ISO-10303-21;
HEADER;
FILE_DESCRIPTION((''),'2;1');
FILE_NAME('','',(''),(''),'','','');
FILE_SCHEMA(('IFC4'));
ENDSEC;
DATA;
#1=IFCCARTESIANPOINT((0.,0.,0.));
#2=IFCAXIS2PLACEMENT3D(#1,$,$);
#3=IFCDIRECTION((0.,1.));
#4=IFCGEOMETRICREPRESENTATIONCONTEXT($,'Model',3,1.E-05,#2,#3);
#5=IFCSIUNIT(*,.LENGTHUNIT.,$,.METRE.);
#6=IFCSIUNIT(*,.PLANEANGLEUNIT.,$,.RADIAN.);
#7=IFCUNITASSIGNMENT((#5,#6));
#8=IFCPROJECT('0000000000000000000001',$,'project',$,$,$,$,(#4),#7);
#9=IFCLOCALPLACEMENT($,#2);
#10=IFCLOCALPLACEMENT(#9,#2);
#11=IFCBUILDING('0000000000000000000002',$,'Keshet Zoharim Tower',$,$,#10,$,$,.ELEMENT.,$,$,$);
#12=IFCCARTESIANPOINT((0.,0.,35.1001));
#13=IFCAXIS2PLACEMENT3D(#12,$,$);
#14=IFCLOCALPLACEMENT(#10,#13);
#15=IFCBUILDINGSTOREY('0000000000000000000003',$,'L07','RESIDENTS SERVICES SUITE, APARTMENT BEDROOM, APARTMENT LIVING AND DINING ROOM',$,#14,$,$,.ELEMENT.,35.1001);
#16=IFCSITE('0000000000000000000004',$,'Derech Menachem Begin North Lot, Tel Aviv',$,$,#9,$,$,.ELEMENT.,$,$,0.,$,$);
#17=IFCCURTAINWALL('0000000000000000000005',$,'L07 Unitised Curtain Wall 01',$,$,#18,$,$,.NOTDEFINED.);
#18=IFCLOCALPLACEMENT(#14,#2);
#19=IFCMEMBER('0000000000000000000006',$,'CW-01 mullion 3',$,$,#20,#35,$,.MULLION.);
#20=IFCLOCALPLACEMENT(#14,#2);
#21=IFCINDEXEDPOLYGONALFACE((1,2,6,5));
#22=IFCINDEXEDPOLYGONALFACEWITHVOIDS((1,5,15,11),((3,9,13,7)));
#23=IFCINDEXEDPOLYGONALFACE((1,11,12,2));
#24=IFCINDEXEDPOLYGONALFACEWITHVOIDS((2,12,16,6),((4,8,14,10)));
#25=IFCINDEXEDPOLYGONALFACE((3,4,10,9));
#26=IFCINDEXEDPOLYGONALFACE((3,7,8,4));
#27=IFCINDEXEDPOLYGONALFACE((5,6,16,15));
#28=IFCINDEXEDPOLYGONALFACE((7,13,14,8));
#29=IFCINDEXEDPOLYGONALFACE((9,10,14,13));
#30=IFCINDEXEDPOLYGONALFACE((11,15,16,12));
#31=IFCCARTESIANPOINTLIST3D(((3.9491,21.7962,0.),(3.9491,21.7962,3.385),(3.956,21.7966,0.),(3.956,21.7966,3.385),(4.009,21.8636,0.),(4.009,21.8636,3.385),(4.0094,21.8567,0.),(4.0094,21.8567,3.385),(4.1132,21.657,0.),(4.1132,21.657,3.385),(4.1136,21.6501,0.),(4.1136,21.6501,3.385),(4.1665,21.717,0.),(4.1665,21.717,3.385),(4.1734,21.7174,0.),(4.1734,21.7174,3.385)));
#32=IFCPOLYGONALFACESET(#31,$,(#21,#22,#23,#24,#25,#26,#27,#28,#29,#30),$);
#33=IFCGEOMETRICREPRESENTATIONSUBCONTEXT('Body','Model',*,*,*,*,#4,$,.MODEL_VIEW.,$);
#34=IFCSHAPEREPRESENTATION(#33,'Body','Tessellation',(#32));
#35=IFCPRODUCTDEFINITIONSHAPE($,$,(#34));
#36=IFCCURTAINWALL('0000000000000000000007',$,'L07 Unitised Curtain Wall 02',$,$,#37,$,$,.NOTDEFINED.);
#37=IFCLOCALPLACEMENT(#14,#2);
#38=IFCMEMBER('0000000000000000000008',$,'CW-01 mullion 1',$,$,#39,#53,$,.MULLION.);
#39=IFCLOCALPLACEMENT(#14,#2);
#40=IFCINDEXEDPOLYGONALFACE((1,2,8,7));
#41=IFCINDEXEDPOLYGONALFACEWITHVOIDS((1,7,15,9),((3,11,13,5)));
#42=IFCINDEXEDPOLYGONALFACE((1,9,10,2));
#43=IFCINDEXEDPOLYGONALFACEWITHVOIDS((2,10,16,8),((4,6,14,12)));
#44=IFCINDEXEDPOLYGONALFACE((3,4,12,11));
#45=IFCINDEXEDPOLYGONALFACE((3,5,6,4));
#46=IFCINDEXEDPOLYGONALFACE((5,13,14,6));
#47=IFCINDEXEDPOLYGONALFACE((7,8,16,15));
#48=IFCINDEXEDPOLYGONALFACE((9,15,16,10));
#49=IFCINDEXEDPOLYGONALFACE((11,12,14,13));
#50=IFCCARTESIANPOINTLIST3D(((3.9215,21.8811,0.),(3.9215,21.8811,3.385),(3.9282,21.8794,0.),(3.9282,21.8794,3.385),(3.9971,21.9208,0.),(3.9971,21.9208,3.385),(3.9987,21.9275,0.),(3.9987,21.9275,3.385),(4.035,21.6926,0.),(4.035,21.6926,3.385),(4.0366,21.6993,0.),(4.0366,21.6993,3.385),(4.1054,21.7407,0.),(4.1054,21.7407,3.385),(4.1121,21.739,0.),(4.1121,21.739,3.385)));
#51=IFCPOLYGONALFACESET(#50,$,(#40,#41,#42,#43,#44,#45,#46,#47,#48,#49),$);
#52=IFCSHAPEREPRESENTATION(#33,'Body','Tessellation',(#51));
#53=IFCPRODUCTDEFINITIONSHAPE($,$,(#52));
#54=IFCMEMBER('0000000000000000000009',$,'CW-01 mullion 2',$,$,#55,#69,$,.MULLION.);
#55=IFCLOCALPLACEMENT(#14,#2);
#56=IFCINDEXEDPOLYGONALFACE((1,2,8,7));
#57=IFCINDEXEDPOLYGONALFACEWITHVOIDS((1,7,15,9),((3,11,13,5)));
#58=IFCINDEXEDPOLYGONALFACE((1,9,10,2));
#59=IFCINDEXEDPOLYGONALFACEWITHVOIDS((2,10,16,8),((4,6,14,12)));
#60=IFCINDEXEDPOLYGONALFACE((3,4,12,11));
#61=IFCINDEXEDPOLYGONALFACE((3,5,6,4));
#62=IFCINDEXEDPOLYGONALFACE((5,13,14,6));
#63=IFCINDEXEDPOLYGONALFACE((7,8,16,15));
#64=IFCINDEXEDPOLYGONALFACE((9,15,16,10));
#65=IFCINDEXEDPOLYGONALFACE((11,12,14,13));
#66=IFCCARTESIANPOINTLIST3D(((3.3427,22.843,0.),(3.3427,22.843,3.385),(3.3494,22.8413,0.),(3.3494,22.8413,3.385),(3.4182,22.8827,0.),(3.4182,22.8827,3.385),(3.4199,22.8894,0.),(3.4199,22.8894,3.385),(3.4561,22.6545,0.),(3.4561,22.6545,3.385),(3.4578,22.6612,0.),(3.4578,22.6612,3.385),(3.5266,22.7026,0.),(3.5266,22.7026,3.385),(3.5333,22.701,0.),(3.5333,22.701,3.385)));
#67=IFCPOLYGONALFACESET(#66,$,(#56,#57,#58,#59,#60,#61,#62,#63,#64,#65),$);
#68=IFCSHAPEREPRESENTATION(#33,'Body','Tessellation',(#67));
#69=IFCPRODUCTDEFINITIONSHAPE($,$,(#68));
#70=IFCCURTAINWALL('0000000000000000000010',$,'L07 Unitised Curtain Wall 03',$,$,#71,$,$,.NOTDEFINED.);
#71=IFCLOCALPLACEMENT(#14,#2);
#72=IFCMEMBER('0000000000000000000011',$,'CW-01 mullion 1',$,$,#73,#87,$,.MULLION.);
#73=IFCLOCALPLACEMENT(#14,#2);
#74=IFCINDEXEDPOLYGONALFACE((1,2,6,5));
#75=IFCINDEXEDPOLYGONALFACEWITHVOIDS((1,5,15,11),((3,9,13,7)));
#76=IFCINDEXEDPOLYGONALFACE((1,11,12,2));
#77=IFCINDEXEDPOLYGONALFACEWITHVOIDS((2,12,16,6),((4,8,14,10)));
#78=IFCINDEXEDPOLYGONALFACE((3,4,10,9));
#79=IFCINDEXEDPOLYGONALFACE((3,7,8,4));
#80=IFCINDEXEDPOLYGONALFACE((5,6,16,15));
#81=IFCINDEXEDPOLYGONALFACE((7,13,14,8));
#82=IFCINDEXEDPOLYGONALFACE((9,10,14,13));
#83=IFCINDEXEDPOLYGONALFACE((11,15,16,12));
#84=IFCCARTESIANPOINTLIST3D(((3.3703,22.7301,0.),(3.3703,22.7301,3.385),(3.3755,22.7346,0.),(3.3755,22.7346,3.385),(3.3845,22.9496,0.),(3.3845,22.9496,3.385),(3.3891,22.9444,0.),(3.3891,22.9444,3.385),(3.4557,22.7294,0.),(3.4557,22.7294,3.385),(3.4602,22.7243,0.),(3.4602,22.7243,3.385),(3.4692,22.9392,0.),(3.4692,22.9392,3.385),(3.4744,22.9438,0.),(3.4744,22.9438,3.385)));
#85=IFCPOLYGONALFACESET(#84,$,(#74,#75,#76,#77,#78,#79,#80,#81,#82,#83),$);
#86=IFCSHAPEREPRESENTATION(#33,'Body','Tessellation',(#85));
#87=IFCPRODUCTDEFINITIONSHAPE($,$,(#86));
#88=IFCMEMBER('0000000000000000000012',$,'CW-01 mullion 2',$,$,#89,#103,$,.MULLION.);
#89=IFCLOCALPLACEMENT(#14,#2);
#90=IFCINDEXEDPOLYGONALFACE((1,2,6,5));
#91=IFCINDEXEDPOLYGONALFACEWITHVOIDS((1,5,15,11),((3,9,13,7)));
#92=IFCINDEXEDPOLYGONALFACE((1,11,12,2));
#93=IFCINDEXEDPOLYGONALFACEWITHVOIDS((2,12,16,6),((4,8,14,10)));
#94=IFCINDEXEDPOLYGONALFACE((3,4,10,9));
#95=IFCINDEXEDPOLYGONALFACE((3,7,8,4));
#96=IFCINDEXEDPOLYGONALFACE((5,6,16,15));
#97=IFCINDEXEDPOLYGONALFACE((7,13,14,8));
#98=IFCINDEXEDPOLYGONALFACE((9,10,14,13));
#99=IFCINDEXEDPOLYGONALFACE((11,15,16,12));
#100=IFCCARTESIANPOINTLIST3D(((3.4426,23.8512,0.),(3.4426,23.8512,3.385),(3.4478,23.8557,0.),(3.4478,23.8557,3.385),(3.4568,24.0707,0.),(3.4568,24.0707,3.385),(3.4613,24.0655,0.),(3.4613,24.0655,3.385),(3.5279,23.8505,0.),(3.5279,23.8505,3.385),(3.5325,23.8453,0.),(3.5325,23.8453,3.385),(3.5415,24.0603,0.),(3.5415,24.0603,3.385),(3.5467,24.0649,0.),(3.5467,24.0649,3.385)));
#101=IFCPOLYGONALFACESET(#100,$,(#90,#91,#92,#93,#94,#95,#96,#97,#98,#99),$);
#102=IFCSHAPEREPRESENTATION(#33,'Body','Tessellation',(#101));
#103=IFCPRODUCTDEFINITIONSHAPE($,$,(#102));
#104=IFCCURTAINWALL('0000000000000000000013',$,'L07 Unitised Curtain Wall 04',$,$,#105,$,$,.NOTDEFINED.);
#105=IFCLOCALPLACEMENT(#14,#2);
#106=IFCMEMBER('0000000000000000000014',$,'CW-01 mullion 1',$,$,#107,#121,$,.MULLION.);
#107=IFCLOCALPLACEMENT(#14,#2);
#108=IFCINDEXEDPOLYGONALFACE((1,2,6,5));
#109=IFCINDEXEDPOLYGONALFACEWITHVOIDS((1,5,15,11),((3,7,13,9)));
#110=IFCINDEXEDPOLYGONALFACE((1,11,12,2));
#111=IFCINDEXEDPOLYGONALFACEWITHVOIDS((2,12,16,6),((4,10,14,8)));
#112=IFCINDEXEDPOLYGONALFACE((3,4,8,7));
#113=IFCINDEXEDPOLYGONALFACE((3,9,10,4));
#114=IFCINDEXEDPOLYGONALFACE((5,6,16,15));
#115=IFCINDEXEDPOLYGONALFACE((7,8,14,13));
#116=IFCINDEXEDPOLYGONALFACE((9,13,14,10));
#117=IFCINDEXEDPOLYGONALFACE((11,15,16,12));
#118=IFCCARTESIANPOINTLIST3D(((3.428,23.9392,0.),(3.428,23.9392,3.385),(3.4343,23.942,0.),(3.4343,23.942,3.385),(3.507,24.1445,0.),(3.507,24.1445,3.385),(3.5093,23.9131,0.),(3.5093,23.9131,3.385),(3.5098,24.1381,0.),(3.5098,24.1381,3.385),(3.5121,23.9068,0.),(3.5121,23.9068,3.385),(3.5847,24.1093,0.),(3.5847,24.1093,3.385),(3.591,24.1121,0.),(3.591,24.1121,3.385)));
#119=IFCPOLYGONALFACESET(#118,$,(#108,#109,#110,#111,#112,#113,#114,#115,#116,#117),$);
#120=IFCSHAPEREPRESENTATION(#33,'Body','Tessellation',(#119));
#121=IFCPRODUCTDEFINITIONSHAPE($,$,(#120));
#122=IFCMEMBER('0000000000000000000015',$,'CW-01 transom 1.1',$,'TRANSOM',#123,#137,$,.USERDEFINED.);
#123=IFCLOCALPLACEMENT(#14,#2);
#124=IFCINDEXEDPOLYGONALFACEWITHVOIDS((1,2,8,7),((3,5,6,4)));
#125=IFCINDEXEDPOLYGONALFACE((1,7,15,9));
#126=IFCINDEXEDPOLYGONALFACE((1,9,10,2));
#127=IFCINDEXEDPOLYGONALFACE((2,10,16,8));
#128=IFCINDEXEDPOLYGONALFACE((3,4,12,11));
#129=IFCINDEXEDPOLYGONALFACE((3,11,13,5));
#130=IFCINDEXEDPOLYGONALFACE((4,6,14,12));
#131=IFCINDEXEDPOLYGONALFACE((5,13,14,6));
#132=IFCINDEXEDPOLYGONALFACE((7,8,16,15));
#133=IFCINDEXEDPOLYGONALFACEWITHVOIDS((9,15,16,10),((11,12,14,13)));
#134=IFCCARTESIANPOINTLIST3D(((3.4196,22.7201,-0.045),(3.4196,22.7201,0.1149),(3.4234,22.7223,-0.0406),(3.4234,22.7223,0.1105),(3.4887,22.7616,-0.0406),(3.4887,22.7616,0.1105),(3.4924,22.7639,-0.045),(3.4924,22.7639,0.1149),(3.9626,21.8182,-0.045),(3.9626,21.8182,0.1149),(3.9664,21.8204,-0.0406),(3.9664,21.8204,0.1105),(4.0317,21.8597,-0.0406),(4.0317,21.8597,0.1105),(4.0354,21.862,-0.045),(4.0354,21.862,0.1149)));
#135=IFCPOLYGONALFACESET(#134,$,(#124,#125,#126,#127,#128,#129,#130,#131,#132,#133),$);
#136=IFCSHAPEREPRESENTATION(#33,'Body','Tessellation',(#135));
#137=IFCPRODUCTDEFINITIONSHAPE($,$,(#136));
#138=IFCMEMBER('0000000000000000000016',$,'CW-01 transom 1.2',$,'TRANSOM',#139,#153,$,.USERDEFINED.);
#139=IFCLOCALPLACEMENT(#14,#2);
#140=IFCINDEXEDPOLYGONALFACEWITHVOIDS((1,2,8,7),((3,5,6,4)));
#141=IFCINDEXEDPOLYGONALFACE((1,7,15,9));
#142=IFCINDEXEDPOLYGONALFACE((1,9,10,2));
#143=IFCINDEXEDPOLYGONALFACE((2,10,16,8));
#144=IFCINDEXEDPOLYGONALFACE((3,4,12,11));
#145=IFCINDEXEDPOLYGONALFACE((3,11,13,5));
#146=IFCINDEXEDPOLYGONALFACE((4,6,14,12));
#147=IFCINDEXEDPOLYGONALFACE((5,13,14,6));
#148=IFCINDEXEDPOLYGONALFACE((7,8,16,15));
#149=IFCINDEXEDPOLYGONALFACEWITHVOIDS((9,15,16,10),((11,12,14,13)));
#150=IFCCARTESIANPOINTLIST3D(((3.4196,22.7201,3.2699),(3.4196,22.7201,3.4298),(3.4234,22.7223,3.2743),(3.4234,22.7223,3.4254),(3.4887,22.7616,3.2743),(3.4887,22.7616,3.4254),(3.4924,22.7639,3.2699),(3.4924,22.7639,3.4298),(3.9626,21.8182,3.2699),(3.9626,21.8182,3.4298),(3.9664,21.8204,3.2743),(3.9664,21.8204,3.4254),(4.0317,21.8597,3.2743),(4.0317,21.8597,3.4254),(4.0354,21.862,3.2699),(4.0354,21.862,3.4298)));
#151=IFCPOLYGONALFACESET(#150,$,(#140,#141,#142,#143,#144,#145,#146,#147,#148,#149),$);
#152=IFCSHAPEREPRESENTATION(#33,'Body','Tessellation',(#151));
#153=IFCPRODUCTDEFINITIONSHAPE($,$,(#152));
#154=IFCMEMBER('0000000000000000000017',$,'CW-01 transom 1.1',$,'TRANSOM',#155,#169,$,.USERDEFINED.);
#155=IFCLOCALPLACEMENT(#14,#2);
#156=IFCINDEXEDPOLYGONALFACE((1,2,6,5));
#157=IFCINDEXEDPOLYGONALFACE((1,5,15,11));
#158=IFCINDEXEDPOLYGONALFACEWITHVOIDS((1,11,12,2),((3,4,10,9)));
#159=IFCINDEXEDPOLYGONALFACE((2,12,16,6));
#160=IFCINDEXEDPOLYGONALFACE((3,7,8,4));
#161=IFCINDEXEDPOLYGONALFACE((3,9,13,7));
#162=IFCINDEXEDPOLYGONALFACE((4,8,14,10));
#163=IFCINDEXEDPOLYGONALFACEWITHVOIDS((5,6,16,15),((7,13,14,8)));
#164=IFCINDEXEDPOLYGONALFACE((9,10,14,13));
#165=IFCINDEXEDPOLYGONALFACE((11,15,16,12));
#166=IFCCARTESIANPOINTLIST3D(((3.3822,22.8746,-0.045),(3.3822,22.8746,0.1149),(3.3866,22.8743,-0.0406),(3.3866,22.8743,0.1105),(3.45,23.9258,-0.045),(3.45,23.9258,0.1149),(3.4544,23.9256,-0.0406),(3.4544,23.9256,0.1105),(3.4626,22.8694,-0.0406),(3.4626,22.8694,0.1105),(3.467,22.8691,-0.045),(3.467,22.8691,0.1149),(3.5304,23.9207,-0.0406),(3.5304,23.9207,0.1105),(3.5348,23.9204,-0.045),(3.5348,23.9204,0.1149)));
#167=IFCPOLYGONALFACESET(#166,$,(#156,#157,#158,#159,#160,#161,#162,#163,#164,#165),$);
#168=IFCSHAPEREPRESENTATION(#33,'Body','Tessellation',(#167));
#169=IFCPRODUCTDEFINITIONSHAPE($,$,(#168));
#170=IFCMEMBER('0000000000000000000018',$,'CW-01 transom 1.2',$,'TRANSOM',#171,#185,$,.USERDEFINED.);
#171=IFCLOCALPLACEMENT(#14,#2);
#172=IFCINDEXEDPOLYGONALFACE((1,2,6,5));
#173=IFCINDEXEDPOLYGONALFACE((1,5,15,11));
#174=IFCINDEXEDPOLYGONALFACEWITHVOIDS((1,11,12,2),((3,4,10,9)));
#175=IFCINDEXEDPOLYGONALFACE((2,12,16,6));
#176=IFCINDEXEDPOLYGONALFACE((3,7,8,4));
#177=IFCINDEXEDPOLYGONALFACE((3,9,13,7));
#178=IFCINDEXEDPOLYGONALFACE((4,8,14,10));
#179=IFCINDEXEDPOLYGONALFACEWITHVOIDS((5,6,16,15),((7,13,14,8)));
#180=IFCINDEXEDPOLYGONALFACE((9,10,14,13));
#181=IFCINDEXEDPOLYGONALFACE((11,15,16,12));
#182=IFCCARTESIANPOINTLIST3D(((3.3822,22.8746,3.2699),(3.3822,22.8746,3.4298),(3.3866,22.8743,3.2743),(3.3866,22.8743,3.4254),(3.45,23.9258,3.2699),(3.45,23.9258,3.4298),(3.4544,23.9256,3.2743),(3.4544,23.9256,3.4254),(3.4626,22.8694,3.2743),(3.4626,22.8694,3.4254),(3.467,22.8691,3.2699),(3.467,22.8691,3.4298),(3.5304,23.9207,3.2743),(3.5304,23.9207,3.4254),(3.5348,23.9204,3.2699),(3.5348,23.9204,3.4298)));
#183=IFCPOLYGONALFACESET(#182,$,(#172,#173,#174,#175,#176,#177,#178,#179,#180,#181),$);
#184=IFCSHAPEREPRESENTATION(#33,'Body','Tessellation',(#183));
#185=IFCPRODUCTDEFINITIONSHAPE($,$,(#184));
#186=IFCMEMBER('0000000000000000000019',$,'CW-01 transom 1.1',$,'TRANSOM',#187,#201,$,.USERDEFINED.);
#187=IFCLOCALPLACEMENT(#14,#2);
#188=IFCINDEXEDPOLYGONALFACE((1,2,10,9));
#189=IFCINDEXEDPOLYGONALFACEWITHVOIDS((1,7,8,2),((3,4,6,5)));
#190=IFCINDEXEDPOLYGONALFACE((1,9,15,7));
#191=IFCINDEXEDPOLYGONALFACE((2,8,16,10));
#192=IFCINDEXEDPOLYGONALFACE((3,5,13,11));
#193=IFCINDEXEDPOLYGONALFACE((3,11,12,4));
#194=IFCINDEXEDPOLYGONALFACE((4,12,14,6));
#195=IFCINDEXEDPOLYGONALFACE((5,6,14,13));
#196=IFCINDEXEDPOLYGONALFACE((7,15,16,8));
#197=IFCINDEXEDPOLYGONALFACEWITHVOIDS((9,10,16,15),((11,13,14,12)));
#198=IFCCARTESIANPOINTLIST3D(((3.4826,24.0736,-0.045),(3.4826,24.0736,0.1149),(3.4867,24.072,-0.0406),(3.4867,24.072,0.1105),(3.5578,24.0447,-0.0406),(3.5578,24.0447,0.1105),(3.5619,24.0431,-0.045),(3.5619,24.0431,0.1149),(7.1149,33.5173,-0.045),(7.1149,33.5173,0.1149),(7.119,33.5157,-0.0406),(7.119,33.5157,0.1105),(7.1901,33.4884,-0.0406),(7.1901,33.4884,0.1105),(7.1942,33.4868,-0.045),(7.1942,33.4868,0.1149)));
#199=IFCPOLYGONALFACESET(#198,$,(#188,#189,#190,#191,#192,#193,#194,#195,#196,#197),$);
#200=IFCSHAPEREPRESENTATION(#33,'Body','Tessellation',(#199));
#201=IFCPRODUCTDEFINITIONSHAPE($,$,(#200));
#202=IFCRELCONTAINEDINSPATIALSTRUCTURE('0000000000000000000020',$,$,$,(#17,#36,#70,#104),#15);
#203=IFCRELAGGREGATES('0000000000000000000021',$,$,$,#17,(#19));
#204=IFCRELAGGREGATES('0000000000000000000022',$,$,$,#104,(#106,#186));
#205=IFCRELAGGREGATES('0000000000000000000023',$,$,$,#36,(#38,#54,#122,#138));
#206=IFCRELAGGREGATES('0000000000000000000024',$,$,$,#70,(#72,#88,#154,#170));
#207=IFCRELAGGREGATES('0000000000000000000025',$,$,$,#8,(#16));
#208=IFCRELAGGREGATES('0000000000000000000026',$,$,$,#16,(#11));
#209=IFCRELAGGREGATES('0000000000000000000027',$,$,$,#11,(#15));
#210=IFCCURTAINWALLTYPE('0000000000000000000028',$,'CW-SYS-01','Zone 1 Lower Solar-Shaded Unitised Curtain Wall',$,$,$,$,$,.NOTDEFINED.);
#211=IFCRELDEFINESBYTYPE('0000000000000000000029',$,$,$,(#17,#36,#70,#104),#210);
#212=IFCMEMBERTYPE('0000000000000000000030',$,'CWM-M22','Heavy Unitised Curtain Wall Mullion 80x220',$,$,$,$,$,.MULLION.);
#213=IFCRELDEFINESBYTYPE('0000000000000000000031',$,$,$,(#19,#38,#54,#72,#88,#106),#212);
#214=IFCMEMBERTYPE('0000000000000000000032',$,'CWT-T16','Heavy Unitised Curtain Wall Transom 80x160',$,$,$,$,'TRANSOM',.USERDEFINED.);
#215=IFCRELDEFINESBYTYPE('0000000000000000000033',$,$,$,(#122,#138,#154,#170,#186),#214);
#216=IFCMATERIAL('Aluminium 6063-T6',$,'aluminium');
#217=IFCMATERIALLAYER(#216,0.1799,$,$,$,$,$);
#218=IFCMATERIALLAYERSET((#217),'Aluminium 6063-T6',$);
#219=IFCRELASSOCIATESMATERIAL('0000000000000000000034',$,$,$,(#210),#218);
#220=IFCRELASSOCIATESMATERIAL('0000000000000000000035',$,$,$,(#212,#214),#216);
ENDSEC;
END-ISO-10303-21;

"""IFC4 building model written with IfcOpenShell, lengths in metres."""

from ifc_helpers import new_model, si_unit, direction, frame, origin, origin_2d, place, context, subcontext, project, spatial, hollow_rectangle, extrude, material, layer, layer_set, material_profile, profile_set, type_object, element, aggregate, save


model = new_model("IFC4")

# Units and contexts
model_context = context("Model", 3, precision=1e-05, world=origin(), true_north=direction((0.0, 1.0)))
body_context = subcontext(model_context, "Body", "Model", "MODEL_VIEW")
ifc_project = project(units=[si_unit("LENGTHUNIT", "METRE"), si_unit("PLANEANGLEUNIT", "RADIAN")], contexts=[model_context])

# Site, building, storey
site_placement = place(None, origin())
site = spatial("IfcSite", under=ifc_project, at=site_placement, Name="Derech Menachem Begin North Lot, Tel Aviv", CompositionType="ELEMENT", RefElevation=0.0)
building_placement = place(site_placement, origin())
building = spatial("IfcBuilding", under=site, at=building_placement, Name="Keshet Zoharim Tower", CompositionType="ELEMENT")
storey_placement = place(building_placement, frame((0.0, 0.0, 35.1001)))
storey = spatial("IfcBuildingStorey", under=building, at=storey_placement, Name="L07", Description="RESIDENTS SERVICES SUITE, APARTMENT BEDROOM, APARTMENT LIVING AND DINING ROOM", CompositionType="ELEMENT", Elevation=35.1001)

# Curtain wall, member
ifc_material_1 = material(Name="Aluminium 6063-T6", Category="aluminium")
ifc_layer_1 = layer(ifc_material_1, 0.1799)
ifc_layer_set_1 = layer_set([ifc_layer_1], Name="Aluminium 6063-T6")
curtain_wall_type = type_object("IfcCurtainWallType", Name="CW-SYS-01", Description="Zone 1 Lower Solar-Shaded Unitised Curtain Wall", PredefinedType="NOTDEFINED", material=ifc_layer_set_1)
curtain_wall_1_placement = place(storey_placement, origin())
curtain_wall_1 = element("IfcCurtainWall", 1, at=curtain_wall_1_placement, inside=storey, type_object=curtain_wall_type, Name="L07 Unitised Curtain Wall 01", PredefinedType="NOTDEFINED")
ifc_material_profile_1 = material_profile(ifc_material_1, hollow_rectangle(XDim=0.0901, YDim=0.22, WallThickness=0.0049, at=origin_2d()), Name="MUL-90x220")
ifc_profile_set_1 = profile_set([ifc_material_profile_1], Name="Aluminium 6063-T6")
member_type_1 = type_object("IfcMemberType", Name="CWM-M22", Description="Heavy Unitised Curtain Wall Mullion 80x220", PredefinedType="MULLION", material=ifc_profile_set_1)
member_1_placement = place(storey_placement, frame((4.0613, 21.7568, 0.0), z_axis=(0.0, 0.0, 1.0), x_axis=(-0.664364, -0.747409, 0.0)))
member_1 = element("IfcMember", 2, at=member_1_placement, type_object=member_type_1, Name="CW-01 mullion 3", PredefinedType="MULLION", context=body_context, shape_type="SweptSolid", body=[
    extrude(hollow_rectangle(XDim=0.0901, YDim=0.22, WallThickness=0.0049, at=origin_2d()), origin(), (0.0, 0.0, 1.0), 3.385),
])
aggregate(curtain_wall_1, [member_1])

# Curtain walls, members
curtain_wall_2_placement = place(storey_placement, origin())
curtain_wall_2 = element("IfcCurtainWall", 3, at=curtain_wall_2_placement, inside=storey, type_object=curtain_wall_type, Name="L07 Unitised Curtain Wall 02", PredefinedType="NOTDEFINED")
member_2_placement = place(storey_placement, frame((4.0168, 21.8101, 0.0), z_axis=(0.0, 0.0, 1.0), x_axis=(-0.856826, -0.515605, 0.0)))
member_2 = element("IfcMember", 4, at=member_2_placement, type_object=member_type_1, Name="CW-01 mullion 1", PredefinedType="MULLION", context=body_context, shape_type="SweptSolid", body=[
    extrude(hollow_rectangle(XDim=0.0901, YDim=0.22, WallThickness=0.0049, at=origin_2d()), origin(), (0.0, 0.0, 1.0), 3.385),
])
member_3_placement = place(storey_placement, frame((3.438, 22.772, 0.0), z_axis=(0.0, 0.0, 1.0), x_axis=(-0.856826, -0.515605, 0.0)))
member_3 = element("IfcMember", 5, at=member_3_placement, type_object=member_type_1, Name="CW-01 mullion 2", PredefinedType="MULLION", context=body_context, shape_type="SweptSolid", body=[
    extrude(hollow_rectangle(XDim=0.0901, YDim=0.22, WallThickness=0.0049, at=origin_2d()), origin(), (0.0, 0.0, 1.0), 3.385),
])
curtain_wall_3_placement = place(storey_placement, origin())
curtain_wall_3 = element("IfcCurtainWall", 6, at=curtain_wall_3_placement, inside=storey, type_object=curtain_wall_type, Name="L07 Unitised Curtain Wall 03", PredefinedType="NOTDEFINED")
member_4_placement = place(storey_placement, frame((3.4224, 22.8369, 0.0), z_axis=(0.0, 0.0, 1.0), x_axis=(-0.997917, 0.064517, 0.0)))
member_4 = element("IfcMember", 7, at=member_4_placement, type_object=member_type_1, Name="CW-01 mullion 1", PredefinedType="MULLION", context=body_context, shape_type="SweptSolid", body=[
    extrude(hollow_rectangle(XDim=0.0901, YDim=0.22, WallThickness=0.0049, at=origin_2d()), origin(), (0.0, 0.0, 1.0), 3.385),
])
member_5_placement = place(storey_placement, frame((3.4946, 23.958, 0.0), z_axis=(0.0, 0.0, 1.0), x_axis=(-0.997917, 0.064517, 0.0)))
member_5 = element("IfcMember", 8, at=member_5_placement, type_object=member_type_1, Name="CW-01 mullion 2", PredefinedType="MULLION", context=body_context, shape_type="SweptSolid", body=[
    extrude(hollow_rectangle(XDim=0.0901, YDim=0.22, WallThickness=0.0049, at=origin_2d()), origin(), (0.0, 0.0, 1.0), 3.385),
])

# Curtain wall, member
curtain_wall_4_placement = place(storey_placement, origin())
curtain_wall_4 = element("IfcCurtainWall", 9, at=curtain_wall_4_placement, inside=storey, type_object=curtain_wall_type, Name="L07 Unitised Curtain Wall 04", PredefinedType="NOTDEFINED")
member_6_placement = place(storey_placement, frame((3.5095, 24.0256, 0.0), z_axis=(0.0, 0.0, 1.0), x_axis=(-0.933341, 0.35899, 0.0)))
member_6 = element("IfcMember", 10, at=member_6_placement, type_object=member_type_1, Name="CW-01 mullion 1", PredefinedType="MULLION", context=body_context, shape_type="SweptSolid", body=[
    extrude(hollow_rectangle(XDim=0.0901, YDim=0.22, WallThickness=0.0049, at=origin_2d()), origin(), (0.0, 0.0, 1.0), 3.385),
])

# Members
ifc_material_profile_2 = material_profile(ifc_material_1, hollow_rectangle(XDim=0.085, YDim=0.1599, WallThickness=0.0044, at=origin_2d()), Name="TRN-85x160")
ifc_profile_set_2 = profile_set([ifc_material_profile_2], Name="Aluminium 6063-T6")
member_type_2 = type_object("IfcMemberType", Name="CWT-T16", Description="Heavy Unitised Curtain Wall Transom 80x160", ElementType="TRANSOM", PredefinedType="USERDEFINED", material=ifc_profile_set_2)
member_7_placement = place(storey_placement, frame((3.999, 21.8401, 0.0349), z_axis=(-0.515791, 0.856714, 0.0), x_axis=(-0.856714, -0.515791, 0.0)))
member_7 = element("IfcMember", 11, at=member_7_placement, type_object=member_type_2, Name="CW-01 transom 1.1", ObjectType="TRANSOM", PredefinedType="USERDEFINED", context=body_context, shape_type="SweptSolid", body=[
    extrude(hollow_rectangle(XDim=0.085, YDim=0.1599, WallThickness=0.0044, at=origin_2d()), origin(), (0.0, 0.0, 1.0), 1.0527),
])
member_8_placement = place(storey_placement, frame((3.999, 21.8401, 3.3499), z_axis=(-0.515791, 0.856714, 0.0), x_axis=(-0.856714, -0.515791, 0.0)))
member_8 = element("IfcMember", 12, at=member_8_placement, type_object=member_type_2, Name="CW-01 transom 1.2", ObjectType="TRANSOM", PredefinedType="USERDEFINED", context=body_context, shape_type="SweptSolid", body=[
    extrude(hollow_rectangle(XDim=0.085, YDim=0.1599, WallThickness=0.0044, at=origin_2d()), origin(), (0.0, 0.0, 1.0), 1.0527),
])
member_9_placement = place(storey_placement, frame((3.4246, 22.8718, 0.0349), z_axis=(0.064427, 0.997922, 0.0), x_axis=(-0.997922, 0.064427, 0.0)))
member_9 = element("IfcMember", 13, at=member_9_placement, type_object=member_type_2, Name="CW-01 transom 1.1", ObjectType="TRANSOM", PredefinedType="USERDEFINED", context=body_context, shape_type="SweptSolid", body=[
    extrude(hollow_rectangle(XDim=0.085, YDim=0.1599, WallThickness=0.0044, at=origin_2d()), origin(), (0.0, 0.0, 1.0), 1.0535),
])
member_10_placement = place(storey_placement, frame((3.4246, 22.8718, 3.3499), z_axis=(0.064427, 0.997922, 0.0), x_axis=(-0.997922, 0.064427, 0.0)))
member_10 = element("IfcMember", 14, at=member_10_placement, type_object=member_type_2, Name="CW-01 transom 1.2", ObjectType="TRANSOM", PredefinedType="USERDEFINED", context=body_context, shape_type="SweptSolid", body=[
    extrude(hollow_rectangle(XDim=0.085, YDim=0.1599, WallThickness=0.0044, at=origin_2d()), origin(), (0.0, 0.0, 1.0), 1.0535),
])
member_11_placement = place(storey_placement, frame((3.5222, 24.0583, 0.0349), z_axis=(0.358994, 0.93334, 0.0), x_axis=(-0.93334, 0.358994, 0.0)))
member_11 = element("IfcMember", 15, at=member_11_placement, type_object=member_type_2, Name="CW-01 transom 1.1", ObjectType="TRANSOM", PredefinedType="USERDEFINED", context=body_context, shape_type="SweptSolid", body=[
    extrude(hollow_rectangle(XDim=0.085, YDim=0.1599, WallThickness=0.0044, at=origin_2d()), origin(), (0.0, 0.0, 1.0), 10.1182),
])
aggregate(curtain_wall_4, [member_6, member_11])

aggregate(curtain_wall_2, [member_2, member_3, member_7, member_8])
aggregate(curtain_wall_3, [member_4, member_5, member_9, member_10])

save(model, "model.ifc")
